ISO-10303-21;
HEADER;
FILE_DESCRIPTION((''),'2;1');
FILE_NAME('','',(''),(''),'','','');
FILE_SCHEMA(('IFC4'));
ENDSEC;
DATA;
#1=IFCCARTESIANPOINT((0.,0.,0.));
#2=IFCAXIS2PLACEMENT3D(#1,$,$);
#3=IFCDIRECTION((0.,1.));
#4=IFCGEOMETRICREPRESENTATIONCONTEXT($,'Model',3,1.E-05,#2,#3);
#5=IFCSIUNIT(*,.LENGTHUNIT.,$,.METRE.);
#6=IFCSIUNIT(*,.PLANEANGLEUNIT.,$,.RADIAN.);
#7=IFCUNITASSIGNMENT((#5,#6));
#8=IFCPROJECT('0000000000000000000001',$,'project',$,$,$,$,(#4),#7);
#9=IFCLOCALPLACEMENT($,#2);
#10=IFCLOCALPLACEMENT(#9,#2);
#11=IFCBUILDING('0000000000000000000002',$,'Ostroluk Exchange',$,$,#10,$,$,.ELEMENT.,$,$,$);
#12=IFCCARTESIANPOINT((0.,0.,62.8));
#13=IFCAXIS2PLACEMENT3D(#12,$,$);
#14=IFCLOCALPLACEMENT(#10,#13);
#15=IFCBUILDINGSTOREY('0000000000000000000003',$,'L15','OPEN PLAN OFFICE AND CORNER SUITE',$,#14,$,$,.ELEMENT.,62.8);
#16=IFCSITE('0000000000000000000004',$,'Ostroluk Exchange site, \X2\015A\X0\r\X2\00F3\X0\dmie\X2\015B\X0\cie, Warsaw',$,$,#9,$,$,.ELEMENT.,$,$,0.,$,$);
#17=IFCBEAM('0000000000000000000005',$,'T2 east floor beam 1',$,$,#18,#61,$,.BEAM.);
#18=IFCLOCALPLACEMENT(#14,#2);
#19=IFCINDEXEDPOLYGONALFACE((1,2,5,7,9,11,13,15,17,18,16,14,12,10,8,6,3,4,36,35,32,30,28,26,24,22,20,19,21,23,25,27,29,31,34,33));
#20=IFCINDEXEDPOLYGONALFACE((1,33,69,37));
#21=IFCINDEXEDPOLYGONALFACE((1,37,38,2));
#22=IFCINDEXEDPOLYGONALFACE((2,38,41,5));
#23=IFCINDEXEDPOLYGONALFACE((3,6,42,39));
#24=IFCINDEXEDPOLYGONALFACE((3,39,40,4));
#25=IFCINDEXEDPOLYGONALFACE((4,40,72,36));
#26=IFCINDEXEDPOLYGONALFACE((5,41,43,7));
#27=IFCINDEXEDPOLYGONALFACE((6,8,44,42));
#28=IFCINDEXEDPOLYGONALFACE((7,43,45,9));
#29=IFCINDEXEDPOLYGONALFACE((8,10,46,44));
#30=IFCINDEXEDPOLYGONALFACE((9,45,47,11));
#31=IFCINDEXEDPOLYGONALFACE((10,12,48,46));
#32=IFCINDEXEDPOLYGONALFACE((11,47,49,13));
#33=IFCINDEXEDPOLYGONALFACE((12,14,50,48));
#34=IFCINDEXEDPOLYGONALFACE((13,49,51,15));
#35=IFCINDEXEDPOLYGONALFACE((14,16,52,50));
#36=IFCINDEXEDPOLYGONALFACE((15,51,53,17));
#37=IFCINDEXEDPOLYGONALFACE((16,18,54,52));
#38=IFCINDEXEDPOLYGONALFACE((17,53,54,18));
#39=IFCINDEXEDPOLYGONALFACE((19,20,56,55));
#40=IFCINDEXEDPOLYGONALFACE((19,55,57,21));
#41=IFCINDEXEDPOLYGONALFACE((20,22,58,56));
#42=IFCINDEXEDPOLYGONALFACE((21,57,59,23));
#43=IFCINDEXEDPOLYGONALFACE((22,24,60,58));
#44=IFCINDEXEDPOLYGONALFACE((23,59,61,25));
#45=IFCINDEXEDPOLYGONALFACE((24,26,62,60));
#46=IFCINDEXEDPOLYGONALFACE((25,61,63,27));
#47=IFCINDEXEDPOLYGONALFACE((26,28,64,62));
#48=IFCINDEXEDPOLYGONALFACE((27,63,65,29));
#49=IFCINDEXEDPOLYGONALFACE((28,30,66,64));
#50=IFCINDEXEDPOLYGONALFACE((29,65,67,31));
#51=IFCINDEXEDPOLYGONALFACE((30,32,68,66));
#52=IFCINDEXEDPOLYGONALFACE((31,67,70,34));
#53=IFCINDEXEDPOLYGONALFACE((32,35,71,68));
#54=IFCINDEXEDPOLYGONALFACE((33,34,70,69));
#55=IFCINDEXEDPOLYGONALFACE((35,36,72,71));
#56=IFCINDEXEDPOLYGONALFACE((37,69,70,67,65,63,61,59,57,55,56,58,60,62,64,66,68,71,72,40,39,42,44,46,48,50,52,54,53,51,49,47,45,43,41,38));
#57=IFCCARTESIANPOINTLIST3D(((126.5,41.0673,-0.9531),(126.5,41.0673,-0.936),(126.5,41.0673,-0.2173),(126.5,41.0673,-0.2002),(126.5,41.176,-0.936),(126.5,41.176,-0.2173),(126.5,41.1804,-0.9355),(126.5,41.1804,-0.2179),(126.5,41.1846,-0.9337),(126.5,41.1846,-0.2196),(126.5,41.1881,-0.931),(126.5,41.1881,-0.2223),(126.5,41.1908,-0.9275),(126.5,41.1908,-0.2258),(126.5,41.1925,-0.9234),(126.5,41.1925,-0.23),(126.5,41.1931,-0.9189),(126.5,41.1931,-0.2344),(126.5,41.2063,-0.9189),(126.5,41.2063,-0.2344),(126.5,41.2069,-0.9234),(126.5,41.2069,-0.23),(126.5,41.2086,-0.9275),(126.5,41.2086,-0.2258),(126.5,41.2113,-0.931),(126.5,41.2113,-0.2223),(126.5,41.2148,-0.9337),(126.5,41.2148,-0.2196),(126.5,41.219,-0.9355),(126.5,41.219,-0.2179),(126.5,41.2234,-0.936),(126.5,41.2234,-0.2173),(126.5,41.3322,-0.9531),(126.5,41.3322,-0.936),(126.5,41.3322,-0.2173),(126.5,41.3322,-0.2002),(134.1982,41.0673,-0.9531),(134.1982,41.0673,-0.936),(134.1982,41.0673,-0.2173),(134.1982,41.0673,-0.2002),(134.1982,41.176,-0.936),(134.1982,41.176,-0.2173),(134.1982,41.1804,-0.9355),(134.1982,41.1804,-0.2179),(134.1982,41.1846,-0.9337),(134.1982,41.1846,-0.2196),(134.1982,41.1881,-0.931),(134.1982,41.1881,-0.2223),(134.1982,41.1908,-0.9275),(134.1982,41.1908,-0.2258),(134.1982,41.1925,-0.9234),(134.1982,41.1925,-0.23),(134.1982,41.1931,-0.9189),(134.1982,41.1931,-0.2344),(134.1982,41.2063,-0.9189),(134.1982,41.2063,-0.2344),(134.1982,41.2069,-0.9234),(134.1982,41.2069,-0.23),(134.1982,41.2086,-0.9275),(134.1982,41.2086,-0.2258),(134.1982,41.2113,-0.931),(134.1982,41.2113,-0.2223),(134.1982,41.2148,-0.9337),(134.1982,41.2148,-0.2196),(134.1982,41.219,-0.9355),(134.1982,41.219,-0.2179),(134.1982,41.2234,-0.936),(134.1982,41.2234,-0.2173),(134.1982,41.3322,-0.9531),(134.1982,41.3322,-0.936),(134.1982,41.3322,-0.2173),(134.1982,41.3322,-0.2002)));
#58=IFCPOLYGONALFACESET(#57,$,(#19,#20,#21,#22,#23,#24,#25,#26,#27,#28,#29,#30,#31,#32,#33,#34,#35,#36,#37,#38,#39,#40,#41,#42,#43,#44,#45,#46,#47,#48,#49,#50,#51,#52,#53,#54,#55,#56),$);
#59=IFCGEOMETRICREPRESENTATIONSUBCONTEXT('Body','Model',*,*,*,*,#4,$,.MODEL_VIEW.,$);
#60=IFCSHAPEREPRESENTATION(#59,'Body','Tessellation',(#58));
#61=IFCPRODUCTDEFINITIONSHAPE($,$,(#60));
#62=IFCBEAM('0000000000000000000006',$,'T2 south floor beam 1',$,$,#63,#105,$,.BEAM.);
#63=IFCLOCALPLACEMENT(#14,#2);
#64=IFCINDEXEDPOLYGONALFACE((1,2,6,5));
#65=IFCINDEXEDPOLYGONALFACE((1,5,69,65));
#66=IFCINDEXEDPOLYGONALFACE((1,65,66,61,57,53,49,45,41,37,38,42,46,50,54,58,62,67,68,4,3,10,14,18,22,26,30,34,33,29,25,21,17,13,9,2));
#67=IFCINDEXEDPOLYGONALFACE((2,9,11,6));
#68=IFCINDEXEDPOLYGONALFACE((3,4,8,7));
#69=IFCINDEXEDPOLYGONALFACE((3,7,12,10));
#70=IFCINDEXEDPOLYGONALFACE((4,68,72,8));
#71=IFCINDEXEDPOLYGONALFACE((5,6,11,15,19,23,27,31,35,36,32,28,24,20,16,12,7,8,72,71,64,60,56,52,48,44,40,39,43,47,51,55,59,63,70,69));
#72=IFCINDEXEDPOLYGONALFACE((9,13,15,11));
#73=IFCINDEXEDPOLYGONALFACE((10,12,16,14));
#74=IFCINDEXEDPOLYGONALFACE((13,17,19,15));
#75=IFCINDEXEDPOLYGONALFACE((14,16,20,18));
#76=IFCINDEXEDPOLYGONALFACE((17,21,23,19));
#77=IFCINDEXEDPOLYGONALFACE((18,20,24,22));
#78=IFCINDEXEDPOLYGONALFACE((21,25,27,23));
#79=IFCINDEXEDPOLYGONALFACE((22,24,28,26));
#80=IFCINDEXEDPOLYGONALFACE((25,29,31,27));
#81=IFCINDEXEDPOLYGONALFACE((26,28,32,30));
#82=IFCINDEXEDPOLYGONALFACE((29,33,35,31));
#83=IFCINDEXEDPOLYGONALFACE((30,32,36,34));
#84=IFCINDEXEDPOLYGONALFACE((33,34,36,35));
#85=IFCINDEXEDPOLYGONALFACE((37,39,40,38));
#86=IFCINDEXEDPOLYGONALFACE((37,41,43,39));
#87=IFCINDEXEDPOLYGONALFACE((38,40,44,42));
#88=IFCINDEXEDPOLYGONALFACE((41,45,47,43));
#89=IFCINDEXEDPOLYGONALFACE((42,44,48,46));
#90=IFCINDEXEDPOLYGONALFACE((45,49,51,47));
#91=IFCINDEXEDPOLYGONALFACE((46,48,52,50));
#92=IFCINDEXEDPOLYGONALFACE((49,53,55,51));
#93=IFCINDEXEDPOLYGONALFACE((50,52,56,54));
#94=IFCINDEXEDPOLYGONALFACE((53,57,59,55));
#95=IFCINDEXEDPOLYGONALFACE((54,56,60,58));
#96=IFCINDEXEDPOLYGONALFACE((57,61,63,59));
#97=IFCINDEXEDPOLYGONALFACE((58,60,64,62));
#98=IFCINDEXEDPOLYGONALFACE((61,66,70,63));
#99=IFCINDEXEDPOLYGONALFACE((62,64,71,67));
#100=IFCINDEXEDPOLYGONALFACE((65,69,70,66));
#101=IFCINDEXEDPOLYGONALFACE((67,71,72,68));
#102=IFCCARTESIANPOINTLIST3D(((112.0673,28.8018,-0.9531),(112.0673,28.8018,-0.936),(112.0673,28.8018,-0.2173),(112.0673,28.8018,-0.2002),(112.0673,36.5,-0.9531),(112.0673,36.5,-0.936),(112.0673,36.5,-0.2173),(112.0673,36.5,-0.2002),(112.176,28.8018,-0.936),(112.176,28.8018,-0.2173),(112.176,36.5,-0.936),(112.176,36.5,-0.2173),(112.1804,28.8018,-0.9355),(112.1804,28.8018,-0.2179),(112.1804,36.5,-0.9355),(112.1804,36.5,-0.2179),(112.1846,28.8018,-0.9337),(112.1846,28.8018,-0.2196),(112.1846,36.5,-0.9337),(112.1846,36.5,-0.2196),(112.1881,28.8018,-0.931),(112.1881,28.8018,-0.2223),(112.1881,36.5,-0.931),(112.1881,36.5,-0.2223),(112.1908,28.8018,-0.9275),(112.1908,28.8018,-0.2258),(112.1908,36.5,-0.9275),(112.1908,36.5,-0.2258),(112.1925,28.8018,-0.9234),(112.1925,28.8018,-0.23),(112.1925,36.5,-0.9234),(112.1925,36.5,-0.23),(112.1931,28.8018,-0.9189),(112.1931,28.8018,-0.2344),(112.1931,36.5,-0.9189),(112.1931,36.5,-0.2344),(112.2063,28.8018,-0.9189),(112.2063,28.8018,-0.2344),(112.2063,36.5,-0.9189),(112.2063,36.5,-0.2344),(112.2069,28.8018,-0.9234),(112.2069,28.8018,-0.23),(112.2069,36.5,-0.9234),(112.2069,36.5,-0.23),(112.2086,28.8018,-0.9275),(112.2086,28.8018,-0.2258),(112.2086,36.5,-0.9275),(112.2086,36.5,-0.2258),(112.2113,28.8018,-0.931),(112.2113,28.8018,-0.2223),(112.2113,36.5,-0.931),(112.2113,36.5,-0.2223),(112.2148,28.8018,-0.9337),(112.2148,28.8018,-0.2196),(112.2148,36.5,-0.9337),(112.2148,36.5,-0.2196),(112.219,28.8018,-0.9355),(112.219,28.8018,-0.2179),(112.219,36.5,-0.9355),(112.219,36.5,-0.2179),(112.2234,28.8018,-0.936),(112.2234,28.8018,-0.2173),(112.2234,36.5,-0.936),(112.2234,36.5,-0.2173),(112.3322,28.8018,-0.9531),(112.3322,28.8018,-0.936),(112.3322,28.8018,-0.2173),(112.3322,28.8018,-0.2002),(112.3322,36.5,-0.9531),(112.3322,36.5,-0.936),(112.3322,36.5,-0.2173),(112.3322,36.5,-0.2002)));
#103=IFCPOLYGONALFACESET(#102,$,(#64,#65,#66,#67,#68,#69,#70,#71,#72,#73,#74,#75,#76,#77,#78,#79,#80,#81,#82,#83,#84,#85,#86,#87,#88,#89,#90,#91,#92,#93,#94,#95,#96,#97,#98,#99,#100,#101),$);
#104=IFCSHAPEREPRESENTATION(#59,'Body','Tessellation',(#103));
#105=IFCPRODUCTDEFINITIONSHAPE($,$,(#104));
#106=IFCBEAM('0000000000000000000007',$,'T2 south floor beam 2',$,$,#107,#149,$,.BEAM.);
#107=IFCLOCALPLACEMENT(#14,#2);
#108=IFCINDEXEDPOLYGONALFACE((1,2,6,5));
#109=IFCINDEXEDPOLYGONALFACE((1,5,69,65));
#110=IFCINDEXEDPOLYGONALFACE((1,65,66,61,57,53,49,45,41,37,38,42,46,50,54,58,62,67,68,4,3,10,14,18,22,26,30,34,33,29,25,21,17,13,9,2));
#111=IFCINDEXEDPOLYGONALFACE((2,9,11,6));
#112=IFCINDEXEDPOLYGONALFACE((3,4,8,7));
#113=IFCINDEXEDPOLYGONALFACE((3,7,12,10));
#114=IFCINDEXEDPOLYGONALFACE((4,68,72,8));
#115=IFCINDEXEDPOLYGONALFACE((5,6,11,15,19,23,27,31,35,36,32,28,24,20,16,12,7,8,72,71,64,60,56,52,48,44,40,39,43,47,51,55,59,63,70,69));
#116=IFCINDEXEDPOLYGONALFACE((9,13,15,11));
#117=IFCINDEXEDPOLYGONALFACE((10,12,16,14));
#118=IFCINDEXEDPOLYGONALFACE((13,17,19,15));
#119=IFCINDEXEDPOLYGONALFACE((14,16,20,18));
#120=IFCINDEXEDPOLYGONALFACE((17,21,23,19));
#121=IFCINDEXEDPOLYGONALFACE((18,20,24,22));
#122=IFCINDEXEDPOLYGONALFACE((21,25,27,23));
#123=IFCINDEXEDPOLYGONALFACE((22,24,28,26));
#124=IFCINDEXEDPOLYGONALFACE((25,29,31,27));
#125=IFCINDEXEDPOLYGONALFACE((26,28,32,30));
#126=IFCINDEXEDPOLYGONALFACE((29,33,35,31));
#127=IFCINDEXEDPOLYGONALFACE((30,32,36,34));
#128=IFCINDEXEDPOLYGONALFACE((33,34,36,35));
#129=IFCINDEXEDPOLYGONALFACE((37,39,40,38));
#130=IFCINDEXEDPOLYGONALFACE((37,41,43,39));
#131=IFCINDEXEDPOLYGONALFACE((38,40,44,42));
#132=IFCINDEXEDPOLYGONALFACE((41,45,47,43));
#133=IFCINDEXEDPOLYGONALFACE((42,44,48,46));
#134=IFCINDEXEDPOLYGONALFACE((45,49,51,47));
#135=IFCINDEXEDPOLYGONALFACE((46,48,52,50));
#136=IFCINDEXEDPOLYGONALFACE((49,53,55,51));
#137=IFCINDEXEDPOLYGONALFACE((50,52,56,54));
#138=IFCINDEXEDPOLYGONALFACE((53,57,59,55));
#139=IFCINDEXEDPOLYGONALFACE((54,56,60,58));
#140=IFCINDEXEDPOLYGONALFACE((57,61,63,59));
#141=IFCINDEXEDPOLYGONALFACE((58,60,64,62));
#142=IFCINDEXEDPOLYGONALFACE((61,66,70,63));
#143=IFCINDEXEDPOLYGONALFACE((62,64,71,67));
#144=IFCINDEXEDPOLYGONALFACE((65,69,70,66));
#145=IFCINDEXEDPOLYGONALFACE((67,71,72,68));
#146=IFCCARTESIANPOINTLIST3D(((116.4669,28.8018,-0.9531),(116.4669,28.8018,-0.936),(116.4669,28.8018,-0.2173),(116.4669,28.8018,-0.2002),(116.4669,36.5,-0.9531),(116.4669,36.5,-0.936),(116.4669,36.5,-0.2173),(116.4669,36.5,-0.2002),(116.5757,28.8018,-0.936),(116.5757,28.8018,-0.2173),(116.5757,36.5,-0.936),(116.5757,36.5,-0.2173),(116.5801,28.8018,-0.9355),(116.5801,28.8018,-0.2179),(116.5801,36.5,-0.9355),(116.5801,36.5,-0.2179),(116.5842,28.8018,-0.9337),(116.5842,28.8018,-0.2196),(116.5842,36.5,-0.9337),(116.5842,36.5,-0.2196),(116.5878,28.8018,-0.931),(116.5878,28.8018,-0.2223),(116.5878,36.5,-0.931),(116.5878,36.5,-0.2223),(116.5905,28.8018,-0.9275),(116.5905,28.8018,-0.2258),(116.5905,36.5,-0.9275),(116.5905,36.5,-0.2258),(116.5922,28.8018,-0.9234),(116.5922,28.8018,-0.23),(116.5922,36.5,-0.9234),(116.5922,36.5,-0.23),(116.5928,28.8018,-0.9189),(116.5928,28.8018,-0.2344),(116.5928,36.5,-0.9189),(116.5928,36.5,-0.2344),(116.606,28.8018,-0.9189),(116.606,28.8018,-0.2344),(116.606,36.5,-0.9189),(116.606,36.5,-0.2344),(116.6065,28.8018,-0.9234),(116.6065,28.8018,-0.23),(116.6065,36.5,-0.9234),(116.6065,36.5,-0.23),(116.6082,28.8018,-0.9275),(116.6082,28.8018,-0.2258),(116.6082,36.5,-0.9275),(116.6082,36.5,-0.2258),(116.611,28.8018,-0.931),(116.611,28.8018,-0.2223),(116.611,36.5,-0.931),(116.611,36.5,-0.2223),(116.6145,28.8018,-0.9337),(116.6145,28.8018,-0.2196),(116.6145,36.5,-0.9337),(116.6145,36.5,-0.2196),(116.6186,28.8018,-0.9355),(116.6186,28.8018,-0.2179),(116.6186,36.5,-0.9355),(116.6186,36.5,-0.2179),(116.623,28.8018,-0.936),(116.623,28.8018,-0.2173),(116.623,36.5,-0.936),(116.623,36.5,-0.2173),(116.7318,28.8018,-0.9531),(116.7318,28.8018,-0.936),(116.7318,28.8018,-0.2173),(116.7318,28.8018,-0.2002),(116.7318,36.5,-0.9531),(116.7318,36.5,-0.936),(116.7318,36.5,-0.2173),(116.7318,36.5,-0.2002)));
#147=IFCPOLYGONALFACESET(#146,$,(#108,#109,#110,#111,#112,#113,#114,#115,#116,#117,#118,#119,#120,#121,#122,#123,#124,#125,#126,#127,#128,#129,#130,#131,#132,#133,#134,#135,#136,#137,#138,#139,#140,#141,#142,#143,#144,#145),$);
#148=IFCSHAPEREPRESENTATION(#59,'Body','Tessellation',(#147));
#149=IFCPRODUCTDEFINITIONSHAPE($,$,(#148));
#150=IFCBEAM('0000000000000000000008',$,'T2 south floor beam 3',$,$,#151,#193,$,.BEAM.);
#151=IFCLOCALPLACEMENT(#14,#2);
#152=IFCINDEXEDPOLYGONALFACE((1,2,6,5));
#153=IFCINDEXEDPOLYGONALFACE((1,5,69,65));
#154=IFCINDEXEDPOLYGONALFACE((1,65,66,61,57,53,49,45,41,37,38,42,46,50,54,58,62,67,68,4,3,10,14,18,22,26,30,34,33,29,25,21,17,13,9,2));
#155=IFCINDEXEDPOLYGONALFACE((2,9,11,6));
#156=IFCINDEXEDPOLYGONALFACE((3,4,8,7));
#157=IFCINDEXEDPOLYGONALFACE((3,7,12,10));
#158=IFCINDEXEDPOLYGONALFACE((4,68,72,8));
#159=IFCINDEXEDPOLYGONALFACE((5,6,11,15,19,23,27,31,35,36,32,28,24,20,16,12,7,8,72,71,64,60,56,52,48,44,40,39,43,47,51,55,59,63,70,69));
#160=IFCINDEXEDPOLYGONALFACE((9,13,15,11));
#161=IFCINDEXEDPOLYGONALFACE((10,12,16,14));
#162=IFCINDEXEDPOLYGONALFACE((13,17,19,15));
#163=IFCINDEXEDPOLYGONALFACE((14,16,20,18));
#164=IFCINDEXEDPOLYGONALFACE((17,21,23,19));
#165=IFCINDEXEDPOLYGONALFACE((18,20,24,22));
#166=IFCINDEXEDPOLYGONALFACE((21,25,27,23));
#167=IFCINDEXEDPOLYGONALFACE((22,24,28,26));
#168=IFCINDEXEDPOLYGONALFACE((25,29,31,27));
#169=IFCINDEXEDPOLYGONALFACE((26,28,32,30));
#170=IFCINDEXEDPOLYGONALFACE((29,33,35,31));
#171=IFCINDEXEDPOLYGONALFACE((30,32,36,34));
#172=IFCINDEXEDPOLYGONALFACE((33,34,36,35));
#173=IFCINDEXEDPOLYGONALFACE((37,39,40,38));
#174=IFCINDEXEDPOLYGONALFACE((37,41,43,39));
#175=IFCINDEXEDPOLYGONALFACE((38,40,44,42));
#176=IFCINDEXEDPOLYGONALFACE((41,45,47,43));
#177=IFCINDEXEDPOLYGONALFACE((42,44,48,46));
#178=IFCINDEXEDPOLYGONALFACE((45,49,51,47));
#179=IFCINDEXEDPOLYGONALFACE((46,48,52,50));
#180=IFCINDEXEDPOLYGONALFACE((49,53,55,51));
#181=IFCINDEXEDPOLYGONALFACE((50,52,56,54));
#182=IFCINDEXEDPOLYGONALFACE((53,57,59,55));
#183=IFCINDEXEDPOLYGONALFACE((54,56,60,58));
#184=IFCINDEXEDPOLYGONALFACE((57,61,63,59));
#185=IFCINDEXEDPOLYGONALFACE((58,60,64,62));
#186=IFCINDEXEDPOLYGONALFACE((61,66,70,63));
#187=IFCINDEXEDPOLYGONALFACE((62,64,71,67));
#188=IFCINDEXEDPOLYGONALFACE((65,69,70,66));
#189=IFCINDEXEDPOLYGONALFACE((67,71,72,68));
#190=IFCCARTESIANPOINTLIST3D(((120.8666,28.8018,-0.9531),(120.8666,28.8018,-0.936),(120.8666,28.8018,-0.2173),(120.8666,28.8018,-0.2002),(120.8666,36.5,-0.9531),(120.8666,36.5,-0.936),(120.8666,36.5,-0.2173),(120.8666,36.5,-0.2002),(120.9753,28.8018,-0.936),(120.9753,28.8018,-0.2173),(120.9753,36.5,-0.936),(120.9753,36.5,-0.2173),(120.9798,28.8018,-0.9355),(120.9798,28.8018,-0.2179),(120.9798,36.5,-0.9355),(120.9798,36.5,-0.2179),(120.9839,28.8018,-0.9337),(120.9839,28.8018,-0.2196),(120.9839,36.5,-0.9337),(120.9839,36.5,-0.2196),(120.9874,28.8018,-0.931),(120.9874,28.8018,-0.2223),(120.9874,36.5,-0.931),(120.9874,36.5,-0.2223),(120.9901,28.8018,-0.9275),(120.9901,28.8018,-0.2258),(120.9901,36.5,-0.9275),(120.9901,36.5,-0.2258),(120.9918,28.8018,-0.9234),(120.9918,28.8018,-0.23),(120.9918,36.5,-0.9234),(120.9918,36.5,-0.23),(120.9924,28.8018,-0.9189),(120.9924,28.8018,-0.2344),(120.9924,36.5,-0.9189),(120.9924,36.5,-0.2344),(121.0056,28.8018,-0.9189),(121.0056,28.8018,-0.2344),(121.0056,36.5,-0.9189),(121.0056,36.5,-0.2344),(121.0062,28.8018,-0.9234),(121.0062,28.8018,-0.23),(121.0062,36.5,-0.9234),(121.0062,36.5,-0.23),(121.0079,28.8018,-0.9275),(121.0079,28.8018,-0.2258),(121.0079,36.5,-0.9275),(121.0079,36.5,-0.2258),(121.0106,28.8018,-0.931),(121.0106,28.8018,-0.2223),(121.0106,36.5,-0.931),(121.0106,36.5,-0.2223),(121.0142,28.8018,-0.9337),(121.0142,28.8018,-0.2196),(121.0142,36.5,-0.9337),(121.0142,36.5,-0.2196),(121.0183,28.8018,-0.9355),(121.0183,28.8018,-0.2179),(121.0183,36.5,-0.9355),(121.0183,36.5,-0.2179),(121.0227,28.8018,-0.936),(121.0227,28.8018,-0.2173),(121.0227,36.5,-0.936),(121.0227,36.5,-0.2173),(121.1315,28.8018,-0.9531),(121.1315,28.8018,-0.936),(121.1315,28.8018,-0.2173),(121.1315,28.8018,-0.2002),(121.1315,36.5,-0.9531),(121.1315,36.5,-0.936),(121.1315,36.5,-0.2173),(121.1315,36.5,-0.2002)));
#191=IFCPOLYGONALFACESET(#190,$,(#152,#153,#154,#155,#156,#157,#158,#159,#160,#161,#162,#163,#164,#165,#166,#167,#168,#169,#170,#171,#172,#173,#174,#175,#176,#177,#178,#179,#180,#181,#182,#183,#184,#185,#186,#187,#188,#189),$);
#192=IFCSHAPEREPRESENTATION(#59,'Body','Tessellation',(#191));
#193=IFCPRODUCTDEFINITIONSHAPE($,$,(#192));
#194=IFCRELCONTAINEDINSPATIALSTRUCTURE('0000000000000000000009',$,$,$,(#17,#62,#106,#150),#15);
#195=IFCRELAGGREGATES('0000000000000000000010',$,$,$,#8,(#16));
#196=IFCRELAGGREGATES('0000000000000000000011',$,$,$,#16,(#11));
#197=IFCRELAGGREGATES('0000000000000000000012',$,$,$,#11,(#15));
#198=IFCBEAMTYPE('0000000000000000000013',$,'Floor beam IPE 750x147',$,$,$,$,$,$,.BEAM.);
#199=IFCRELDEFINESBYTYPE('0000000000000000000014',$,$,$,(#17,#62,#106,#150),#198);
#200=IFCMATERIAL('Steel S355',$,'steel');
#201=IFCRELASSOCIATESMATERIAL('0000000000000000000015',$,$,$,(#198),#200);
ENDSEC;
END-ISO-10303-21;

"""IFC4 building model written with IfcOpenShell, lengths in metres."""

from ifc_helpers import new_model, si_unit, direction, frame, origin, origin_2d, place, context, subcontext, project, spatial, i_section, extrude, material, material_profile, profile_set, type_object, element, save


model = new_model("IFC4")

# Units and contexts
model_context = context("Model", 3, precision=1e-05, world=origin(), true_north=direction((0.0, 1.0)))
body_context = subcontext(model_context, "Body", "Model", "MODEL_VIEW")
ifc_project = project(units=[si_unit("LENGTHUNIT", "METRE"), si_unit("PLANEANGLEUNIT", "RADIAN")], contexts=[model_context])

# Site, building, storey
site_placement = place(None, origin())
site = spatial("IfcSite", under=ifc_project, at=site_placement, Name="Ostroluk Exchange site, Śródmieście, Warsaw", CompositionType="ELEMENT", RefElevation=0.0)
building_placement = place(site_placement, origin())
building = spatial("IfcBuilding", under=site, at=building_placement, Name="Ostroluk Exchange", CompositionType="ELEMENT")
storey_placement = place(building_placement, frame((0.0, 0.0, 62.8)))
storey = spatial("IfcBuildingStorey", under=building, at=storey_placement, Name="L15", Description="OPEN PLAN OFFICE AND CORNER SUITE", CompositionType="ELEMENT", Elevation=62.8)

# Beams
ifc_material_1 = material(Name="Steel S355", Category="steel")
ifc_material_profile_1 = material_profile(ifc_material_1, i_section(OverallWidth=0.2649, OverallDepth=0.7529, WebThickness=0.0132, FlangeThickness=0.0171, FilletRadius=0.0171, at=origin_2d()), Name="IPE 750x147")
ifc_profile_set_1 = profile_set([ifc_material_profile_1], Name="Steel S355")
beam_type_1 = type_object("IfcBeamType", Name="Floor beam IPE 750x147", PredefinedType="BEAM", material=ifc_profile_set_1)
for number, where, z_axis, x_axis, name in (
    (1, (126.5, 41.1997, -0.5767), (1.0, 0.0, 0.0), (0.0, 1.0, 0.0), "T2 east floor beam 1"),
    (2, (112.1997, 36.5, -0.5767), (0.0, -1.0, 0.0), (1.0, 0.0, 0.0), "T2 south floor beam 1"),
    (3, (116.5994, 36.5, -0.5767), (0.0, -1.0, 0.0), (1.0, 0.0, 0.0), "T2 south floor beam 2"),
    (4, (120.999, 36.5, -0.5767), (0.0, -1.0, 0.0), (1.0, 0.0, 0.0), "T2 south floor beam 3"),
):
    element("IfcBeam", number, at=place(storey_placement, frame(where, z_axis=z_axis, x_axis=x_axis)), inside=storey, type_object=beam_type_1, Name=name, PredefinedType="BEAM", context=body_context, shape_type="SweptSolid", body=[
        extrude(i_section(OverallWidth=0.2649, OverallDepth=0.7529, WebThickness=0.0132, FlangeThickness=0.0171, FilletRadius=0.0171, at=origin_2d()), origin(), (0.0, 0.0, 1.0), 7.6982),
    ])

save(model, "model.ifc")
